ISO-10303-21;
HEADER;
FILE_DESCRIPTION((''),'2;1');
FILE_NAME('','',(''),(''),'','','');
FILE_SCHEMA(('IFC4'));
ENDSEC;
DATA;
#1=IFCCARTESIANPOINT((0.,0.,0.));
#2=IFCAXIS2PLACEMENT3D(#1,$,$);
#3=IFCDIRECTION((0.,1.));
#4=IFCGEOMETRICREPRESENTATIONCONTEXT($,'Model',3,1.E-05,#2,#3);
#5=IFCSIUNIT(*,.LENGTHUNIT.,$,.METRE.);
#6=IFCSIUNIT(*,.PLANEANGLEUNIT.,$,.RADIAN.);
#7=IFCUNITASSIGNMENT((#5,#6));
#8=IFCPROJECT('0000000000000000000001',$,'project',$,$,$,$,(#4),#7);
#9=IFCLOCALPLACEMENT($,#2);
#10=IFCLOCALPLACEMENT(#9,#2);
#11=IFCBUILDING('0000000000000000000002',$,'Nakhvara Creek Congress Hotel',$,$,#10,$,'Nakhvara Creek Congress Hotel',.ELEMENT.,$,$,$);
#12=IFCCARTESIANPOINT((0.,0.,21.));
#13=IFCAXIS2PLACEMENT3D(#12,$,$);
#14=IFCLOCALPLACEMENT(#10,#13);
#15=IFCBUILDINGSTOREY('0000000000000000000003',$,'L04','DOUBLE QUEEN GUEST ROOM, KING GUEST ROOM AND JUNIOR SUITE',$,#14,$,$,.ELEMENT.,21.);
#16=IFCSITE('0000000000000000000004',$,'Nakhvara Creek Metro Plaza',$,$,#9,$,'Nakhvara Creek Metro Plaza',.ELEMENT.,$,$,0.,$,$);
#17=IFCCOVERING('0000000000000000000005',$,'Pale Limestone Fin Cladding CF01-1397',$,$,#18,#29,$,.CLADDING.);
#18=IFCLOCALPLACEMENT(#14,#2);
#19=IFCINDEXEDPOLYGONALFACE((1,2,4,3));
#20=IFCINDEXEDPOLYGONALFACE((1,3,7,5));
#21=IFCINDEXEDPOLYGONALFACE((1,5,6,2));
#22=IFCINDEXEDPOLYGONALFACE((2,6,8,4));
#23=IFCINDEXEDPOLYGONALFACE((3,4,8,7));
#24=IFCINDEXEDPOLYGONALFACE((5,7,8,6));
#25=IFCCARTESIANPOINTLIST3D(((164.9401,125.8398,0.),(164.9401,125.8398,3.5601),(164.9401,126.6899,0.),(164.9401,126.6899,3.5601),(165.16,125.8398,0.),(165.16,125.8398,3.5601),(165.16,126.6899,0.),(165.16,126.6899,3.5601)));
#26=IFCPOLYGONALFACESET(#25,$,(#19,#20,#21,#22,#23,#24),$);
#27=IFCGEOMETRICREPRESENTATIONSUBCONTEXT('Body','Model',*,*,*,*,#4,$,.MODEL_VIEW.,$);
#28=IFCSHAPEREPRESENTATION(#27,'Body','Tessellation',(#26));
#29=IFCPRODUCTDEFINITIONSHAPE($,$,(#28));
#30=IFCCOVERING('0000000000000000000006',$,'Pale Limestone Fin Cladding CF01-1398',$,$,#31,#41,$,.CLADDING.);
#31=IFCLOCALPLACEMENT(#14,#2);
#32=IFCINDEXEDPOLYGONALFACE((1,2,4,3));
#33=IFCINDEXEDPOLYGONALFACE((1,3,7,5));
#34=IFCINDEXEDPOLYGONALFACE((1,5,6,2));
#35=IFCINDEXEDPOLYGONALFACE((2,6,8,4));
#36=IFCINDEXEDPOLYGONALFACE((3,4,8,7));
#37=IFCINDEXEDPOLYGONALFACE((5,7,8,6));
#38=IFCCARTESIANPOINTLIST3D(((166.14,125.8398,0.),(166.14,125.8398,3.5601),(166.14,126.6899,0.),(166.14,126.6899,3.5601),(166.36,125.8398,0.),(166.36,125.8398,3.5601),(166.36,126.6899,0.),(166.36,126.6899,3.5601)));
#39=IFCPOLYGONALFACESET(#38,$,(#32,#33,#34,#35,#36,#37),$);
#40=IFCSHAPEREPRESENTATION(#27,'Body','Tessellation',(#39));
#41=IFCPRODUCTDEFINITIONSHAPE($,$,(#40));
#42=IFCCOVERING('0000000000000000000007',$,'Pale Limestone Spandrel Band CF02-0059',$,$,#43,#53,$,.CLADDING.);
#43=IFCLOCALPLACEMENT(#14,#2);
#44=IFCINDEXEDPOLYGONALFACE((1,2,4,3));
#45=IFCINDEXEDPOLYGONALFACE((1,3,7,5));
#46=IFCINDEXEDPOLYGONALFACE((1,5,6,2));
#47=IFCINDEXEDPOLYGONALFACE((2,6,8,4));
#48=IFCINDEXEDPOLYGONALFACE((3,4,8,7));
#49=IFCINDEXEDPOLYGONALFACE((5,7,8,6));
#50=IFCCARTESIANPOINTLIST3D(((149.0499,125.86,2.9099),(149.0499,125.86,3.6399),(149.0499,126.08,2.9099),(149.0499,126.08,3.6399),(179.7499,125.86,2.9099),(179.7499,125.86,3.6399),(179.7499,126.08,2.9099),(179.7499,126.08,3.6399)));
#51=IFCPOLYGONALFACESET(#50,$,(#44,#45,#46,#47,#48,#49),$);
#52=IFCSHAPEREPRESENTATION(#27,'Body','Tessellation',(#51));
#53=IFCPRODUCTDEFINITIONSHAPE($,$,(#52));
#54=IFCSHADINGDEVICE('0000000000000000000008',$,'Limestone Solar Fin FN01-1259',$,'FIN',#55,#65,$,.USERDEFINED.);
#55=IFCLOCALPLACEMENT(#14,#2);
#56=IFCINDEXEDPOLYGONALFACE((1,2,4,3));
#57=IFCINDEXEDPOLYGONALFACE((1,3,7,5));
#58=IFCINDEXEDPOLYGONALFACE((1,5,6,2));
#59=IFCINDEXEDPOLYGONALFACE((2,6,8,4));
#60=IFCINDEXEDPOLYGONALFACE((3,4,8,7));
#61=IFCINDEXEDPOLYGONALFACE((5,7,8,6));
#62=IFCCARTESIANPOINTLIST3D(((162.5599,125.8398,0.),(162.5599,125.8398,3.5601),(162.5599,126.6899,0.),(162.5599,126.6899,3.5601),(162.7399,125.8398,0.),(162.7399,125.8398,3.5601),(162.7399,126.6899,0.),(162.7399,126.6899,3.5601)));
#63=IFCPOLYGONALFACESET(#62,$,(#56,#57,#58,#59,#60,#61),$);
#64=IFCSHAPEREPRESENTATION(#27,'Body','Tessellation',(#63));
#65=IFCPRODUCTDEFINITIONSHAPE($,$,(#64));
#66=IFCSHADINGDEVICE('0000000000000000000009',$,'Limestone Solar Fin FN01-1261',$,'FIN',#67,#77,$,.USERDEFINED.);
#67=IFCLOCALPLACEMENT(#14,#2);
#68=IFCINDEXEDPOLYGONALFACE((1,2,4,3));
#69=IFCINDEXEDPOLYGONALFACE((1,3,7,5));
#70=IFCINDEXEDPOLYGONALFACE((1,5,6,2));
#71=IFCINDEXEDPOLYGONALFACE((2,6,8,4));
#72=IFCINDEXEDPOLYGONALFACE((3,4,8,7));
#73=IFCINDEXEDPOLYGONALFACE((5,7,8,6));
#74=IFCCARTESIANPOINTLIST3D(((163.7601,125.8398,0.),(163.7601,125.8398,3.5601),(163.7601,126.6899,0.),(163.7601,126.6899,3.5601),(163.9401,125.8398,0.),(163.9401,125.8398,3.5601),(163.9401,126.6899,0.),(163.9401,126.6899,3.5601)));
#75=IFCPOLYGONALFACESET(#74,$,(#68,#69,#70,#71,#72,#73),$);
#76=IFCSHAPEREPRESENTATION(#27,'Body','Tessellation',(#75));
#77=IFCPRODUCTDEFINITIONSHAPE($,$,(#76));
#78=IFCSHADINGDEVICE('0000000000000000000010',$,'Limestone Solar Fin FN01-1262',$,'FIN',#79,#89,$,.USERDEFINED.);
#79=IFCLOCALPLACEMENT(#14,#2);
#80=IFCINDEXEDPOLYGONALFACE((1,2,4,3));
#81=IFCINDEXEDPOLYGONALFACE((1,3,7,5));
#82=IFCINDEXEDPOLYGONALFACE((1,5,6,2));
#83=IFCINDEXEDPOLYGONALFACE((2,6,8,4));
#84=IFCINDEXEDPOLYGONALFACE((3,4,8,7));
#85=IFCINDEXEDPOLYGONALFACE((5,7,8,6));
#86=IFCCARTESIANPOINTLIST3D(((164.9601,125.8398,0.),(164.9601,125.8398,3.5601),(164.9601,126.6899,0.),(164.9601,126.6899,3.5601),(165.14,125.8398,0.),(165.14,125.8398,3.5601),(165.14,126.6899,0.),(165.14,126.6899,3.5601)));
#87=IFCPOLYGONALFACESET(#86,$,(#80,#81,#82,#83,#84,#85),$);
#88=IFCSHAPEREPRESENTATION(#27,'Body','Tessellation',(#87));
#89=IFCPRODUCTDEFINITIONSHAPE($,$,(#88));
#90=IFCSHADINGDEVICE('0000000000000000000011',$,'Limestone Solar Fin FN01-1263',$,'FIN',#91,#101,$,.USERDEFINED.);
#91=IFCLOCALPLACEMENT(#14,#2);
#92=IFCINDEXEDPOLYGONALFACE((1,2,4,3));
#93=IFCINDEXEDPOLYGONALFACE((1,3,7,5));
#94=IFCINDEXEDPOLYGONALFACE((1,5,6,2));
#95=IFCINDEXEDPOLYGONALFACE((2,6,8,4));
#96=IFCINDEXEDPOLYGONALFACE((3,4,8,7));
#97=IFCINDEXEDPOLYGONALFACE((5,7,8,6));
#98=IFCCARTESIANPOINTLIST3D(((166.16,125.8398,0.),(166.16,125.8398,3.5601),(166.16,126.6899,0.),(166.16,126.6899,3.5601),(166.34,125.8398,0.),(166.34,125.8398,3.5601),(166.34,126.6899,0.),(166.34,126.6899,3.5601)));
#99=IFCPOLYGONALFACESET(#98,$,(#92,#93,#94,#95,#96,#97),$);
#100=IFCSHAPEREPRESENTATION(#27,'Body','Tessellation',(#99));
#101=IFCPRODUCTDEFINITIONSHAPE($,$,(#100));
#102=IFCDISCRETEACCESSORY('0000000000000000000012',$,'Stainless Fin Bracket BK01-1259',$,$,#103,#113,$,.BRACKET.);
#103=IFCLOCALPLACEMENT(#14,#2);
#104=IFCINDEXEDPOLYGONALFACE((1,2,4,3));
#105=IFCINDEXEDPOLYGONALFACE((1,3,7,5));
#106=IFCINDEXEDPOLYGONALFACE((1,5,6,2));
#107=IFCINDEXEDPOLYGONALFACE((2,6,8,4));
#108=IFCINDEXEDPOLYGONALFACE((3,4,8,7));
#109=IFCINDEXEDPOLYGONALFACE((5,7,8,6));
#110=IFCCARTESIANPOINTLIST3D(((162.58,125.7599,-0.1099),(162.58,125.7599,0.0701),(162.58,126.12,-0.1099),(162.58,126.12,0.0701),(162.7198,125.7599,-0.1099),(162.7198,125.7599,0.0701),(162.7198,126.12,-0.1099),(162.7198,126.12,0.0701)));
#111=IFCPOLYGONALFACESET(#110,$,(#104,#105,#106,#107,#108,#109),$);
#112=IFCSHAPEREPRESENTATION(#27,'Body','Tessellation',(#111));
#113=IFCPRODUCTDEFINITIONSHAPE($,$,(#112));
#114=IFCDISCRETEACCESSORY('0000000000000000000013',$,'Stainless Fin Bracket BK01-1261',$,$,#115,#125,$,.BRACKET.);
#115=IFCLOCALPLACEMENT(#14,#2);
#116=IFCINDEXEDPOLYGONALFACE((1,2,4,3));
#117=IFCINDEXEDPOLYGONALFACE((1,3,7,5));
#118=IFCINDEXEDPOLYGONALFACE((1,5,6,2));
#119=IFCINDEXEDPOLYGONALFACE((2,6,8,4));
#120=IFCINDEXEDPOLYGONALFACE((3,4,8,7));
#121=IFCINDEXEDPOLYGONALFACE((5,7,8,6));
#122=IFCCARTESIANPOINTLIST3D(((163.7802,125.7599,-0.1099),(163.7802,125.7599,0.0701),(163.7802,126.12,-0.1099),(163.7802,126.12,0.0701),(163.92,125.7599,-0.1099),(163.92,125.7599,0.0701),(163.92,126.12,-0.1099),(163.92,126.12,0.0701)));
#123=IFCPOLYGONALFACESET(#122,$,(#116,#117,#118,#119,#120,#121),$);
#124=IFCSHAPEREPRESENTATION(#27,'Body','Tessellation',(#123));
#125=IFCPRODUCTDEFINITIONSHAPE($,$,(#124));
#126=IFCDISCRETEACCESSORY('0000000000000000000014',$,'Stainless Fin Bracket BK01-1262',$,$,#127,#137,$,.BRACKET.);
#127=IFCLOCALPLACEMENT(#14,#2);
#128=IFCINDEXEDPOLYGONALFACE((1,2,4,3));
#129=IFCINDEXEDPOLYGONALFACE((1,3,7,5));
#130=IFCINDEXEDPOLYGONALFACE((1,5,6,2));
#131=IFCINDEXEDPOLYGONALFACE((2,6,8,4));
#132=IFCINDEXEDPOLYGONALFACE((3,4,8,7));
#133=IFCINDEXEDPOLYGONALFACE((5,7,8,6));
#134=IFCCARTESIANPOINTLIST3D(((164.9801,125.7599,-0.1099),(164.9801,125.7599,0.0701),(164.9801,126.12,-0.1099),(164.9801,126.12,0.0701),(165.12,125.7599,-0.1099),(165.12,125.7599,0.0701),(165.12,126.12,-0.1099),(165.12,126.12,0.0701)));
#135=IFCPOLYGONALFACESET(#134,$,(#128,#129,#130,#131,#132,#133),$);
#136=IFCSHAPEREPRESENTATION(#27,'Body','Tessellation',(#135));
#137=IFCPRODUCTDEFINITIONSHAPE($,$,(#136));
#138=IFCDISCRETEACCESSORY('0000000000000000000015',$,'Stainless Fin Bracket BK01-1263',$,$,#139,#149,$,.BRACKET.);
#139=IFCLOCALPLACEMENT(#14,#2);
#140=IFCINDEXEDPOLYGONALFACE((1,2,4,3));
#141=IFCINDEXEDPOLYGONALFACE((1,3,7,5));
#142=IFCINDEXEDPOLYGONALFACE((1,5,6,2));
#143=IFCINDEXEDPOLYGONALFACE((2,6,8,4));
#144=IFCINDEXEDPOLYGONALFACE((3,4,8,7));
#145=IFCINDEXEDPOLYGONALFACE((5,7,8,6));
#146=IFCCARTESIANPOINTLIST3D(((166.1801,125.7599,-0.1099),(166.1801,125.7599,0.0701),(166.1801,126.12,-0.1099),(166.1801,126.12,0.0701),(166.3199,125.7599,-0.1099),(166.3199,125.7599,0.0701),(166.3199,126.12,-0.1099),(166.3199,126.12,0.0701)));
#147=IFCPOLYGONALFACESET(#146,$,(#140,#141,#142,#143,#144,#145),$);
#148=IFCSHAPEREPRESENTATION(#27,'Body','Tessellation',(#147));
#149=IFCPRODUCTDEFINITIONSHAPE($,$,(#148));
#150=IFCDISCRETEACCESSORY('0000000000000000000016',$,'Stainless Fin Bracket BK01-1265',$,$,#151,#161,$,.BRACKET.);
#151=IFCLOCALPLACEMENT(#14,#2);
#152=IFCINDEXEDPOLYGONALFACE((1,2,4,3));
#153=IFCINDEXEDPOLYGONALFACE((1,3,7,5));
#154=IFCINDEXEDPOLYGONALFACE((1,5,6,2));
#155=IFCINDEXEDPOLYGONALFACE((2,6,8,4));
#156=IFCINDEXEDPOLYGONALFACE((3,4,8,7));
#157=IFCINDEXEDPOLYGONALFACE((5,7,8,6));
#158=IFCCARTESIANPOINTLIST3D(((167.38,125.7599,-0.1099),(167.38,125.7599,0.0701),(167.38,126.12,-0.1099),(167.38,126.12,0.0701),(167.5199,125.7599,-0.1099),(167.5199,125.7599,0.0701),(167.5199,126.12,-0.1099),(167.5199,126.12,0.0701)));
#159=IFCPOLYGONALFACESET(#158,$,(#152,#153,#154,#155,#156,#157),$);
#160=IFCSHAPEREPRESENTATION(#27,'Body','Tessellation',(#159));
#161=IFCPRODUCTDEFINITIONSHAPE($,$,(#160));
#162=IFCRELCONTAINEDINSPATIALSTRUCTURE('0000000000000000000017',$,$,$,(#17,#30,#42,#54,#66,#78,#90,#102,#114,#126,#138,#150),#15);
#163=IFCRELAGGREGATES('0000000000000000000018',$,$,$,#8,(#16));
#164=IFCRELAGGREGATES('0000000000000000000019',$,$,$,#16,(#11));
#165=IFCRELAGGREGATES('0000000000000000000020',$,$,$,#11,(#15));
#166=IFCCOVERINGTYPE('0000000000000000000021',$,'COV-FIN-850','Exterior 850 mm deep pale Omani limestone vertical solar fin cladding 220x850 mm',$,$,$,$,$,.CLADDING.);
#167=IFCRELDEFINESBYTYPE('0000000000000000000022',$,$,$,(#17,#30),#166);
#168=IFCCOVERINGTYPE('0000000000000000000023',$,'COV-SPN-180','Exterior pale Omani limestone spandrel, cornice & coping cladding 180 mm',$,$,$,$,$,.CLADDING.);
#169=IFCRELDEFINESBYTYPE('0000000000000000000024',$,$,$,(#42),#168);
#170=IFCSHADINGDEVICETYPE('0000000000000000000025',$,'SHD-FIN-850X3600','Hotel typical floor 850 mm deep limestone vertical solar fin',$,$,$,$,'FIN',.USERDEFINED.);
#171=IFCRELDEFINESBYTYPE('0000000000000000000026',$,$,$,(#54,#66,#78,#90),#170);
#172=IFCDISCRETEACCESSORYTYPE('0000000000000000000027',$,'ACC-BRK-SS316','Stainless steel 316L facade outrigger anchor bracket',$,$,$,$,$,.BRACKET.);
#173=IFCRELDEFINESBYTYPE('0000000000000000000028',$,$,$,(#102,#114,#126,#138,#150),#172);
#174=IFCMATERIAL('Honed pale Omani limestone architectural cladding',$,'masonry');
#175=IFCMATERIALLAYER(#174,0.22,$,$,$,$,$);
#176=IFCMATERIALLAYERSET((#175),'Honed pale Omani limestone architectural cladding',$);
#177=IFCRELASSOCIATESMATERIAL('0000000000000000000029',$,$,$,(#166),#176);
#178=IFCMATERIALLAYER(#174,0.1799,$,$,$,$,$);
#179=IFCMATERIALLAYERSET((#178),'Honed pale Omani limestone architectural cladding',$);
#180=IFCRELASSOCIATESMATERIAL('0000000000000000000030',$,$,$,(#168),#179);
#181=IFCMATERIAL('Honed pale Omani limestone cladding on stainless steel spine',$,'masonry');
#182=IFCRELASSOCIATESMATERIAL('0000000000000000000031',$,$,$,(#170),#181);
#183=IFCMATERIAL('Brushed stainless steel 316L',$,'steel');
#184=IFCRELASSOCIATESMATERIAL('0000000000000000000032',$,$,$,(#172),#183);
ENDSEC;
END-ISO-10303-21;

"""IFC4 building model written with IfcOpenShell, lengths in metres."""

from ifc_helpers import new_model, si_unit, direction, frame, origin, origin_2d, place, context, subcontext, project, spatial, rectangle, extrude, material, layer, layer_set, type_object, element, save


model = new_model("IFC4")

# Units and contexts
model_context = context("Model", 3, precision=1e-05, world=origin(), true_north=direction((0.0, 1.0)))
body_context = subcontext(model_context, "Body", "Model", "MODEL_VIEW")
ifc_project = project(units=[si_unit("LENGTHUNIT", "METRE"), si_unit("PLANEANGLEUNIT", "RADIAN")], contexts=[model_context])

# Site, building, storey
site_placement = place(None, origin())
site = spatial("IfcSite", under=ifc_project, at=site_placement, Name="Nakhvara Creek Metro Plaza", LongName="Nakhvara Creek Metro Plaza", CompositionType="ELEMENT", RefElevation=0.0)
building_placement = place(site_placement, origin())
building = spatial("IfcBuilding", under=site, at=building_placement, Name="Nakhvara Creek Congress Hotel", LongName="Nakhvara Creek Congress Hotel", CompositionType="ELEMENT")
storey_placement = place(building_placement, frame((0.0, 0.0, 21.0)))
storey = spatial("IfcBuildingStorey", under=building, at=storey_placement, Name="L04", Description="DOUBLE QUEEN GUEST ROOM, KING GUEST ROOM AND JUNIOR SUITE", CompositionType="ELEMENT", Elevation=21.0)

# Coverings
ifc_material_1 = material(Name="Honed pale Omani limestone architectural cladding", Category="masonry")
ifc_layer_1 = layer(ifc_material_1, 0.22)
ifc_layer_set_1 = layer_set([ifc_layer_1], Name="Honed pale Omani limestone architectural cladding")
covering_type_1 = type_object("IfcCoveringType", Name="COV-FIN-850", Description="Exterior 850 mm deep pale Omani limestone vertical solar fin cladding 220x850 mm", PredefinedType="CLADDING", material=ifc_layer_set_1)
for number, where, z_axis, x_axis, name in (
    (1, (165.05, 126.2649, 0.0), (0.0, 0.0, 1.0), (1.0, 0.0, 0.0), "Pale Limestone Fin Cladding CF01-1397"),
    (2, (166.25, 126.2649, 0.0), (0.0, 0.0, 1.0), (1.0, 0.0, 0.0), "Pale Limestone Fin Cladding CF01-1398"),
):
    element("IfcCovering", number, at=place(storey_placement, frame(where, z_axis=z_axis, x_axis=x_axis)), inside=storey, type_object=covering_type_1, Name=name, PredefinedType="CLADDING", context=body_context, shape_type="SweptSolid", body=[
        extrude(rectangle(XDim=0.22, YDim=0.8501, at=origin_2d()), origin(), (0.0, 0.0, 1.0), 3.5601),
    ])
ifc_layer_2 = layer(ifc_material_1, 0.1799)
ifc_layer_set_2 = layer_set([ifc_layer_2], Name="Honed pale Omani limestone architectural cladding")
covering_type_2 = type_object("IfcCoveringType", Name="COV-SPN-180", Description="Exterior pale Omani limestone spandrel, cornice & coping cladding 180 mm", PredefinedType="CLADDING", material=ifc_layer_set_2)
covering_placement = place(storey_placement, frame((164.3999, 125.97, 2.9099), z_axis=(0.0, 0.0, 1.0), x_axis=(1.0, 0.0, 0.0)))
element("IfcCovering", 3, at=covering_placement, inside=storey, type_object=covering_type_2, Name="Pale Limestone Spandrel Band CF02-0059", PredefinedType="CLADDING", context=body_context, shape_type="SweptSolid", body=[
    extrude(rectangle(XDim=30.7, YDim=0.22, at=origin_2d()), origin(), (0.0, 0.0, 1.0), 0.73),
])

# Shading devices
ifc_material_2 = material(Name="Honed pale Omani limestone cladding on stainless steel spine", Category="masonry")
shading_device_type = type_object("IfcShadingDeviceType", Name="SHD-FIN-850X3600", Description="Hotel typical floor 850 mm deep limestone vertical solar fin", ElementType="FIN", PredefinedType="USERDEFINED", material=ifc_material_2)
for number, where, z_axis, x_axis, name in (
    (4, (162.6499, 126.2649, 0.0), (0.0, 0.0, 1.0), (1.0, 0.0, 0.0), "Limestone Solar Fin FN01-1259"),
    (5, (163.8501, 126.2649, 0.0), (0.0, 0.0, 1.0), (1.0, 0.0, 0.0), "Limestone Solar Fin FN01-1261"),
    (6, (165.05, 126.2649, 0.0), (0.0, 0.0, 1.0), (1.0, 0.0, 0.0), "Limestone Solar Fin FN01-1262"),
    (7, (166.25, 126.2649, 0.0), (0.0, 0.0, 1.0), (1.0, 0.0, 0.0), "Limestone Solar Fin FN01-1263"),
):
    element("IfcShadingDevice", number, at=place(storey_placement, frame(where, z_axis=z_axis, x_axis=x_axis)), inside=storey, type_object=shading_device_type, Name=name, ObjectType="FIN", PredefinedType="USERDEFINED", context=body_context, shape_type="SweptSolid", body=[
        extrude(rectangle(XDim=0.1799, YDim=0.8501, at=origin_2d()), origin(), (0.0, 0.0, 1.0), 3.5601),
    ])

# Discrete accessories
ifc_material_3 = material(Name="Brushed stainless steel 316L", Category="steel")
discrete_accessory_type = type_object("IfcDiscreteAccessoryType", Name="ACC-BRK-SS316", Description="Stainless steel 316L facade outrigger anchor bracket", PredefinedType="BRACKET", material=ifc_material_3)
for number, where, z_axis, x_axis, name in (
    (8, (162.6499, 125.9399, -0.1099), (0.0, 0.0, 1.0), (1.0, 0.0, 0.0), "Stainless Fin Bracket BK01-1259"),
    (9, (163.8501, 125.9399, -0.1099), (0.0, 0.0, 1.0), (1.0, 0.0, 0.0), "Stainless Fin Bracket BK01-1261"),
    (10, (165.05, 125.9399, -0.1099), (0.0, 0.0, 1.0), (1.0, 0.0, 0.0), "Stainless Fin Bracket BK01-1262"),
    (11, (166.25, 125.9399, -0.1099), (0.0, 0.0, 1.0), (1.0, 0.0, 0.0), "Stainless Fin Bracket BK01-1263"),
    (12, (167.45, 125.9399, -0.1099), (0.0, 0.0, 1.0), (1.0, 0.0, 0.0), "Stainless Fin Bracket BK01-1265"),
):
    element("IfcDiscreteAccessory", number, at=place(storey_placement, frame(where, z_axis=z_axis, x_axis=x_axis)), inside=storey, type_object=discrete_accessory_type, Name=name, PredefinedType="BRACKET", context=body_context, shape_type="SweptSolid", body=[
        extrude(rectangle(XDim=0.1399, YDim=0.3601, at=origin_2d()), origin(), (0.0, 0.0, 1.0), 0.1799),
    ])

save(model, "model.ifc")
